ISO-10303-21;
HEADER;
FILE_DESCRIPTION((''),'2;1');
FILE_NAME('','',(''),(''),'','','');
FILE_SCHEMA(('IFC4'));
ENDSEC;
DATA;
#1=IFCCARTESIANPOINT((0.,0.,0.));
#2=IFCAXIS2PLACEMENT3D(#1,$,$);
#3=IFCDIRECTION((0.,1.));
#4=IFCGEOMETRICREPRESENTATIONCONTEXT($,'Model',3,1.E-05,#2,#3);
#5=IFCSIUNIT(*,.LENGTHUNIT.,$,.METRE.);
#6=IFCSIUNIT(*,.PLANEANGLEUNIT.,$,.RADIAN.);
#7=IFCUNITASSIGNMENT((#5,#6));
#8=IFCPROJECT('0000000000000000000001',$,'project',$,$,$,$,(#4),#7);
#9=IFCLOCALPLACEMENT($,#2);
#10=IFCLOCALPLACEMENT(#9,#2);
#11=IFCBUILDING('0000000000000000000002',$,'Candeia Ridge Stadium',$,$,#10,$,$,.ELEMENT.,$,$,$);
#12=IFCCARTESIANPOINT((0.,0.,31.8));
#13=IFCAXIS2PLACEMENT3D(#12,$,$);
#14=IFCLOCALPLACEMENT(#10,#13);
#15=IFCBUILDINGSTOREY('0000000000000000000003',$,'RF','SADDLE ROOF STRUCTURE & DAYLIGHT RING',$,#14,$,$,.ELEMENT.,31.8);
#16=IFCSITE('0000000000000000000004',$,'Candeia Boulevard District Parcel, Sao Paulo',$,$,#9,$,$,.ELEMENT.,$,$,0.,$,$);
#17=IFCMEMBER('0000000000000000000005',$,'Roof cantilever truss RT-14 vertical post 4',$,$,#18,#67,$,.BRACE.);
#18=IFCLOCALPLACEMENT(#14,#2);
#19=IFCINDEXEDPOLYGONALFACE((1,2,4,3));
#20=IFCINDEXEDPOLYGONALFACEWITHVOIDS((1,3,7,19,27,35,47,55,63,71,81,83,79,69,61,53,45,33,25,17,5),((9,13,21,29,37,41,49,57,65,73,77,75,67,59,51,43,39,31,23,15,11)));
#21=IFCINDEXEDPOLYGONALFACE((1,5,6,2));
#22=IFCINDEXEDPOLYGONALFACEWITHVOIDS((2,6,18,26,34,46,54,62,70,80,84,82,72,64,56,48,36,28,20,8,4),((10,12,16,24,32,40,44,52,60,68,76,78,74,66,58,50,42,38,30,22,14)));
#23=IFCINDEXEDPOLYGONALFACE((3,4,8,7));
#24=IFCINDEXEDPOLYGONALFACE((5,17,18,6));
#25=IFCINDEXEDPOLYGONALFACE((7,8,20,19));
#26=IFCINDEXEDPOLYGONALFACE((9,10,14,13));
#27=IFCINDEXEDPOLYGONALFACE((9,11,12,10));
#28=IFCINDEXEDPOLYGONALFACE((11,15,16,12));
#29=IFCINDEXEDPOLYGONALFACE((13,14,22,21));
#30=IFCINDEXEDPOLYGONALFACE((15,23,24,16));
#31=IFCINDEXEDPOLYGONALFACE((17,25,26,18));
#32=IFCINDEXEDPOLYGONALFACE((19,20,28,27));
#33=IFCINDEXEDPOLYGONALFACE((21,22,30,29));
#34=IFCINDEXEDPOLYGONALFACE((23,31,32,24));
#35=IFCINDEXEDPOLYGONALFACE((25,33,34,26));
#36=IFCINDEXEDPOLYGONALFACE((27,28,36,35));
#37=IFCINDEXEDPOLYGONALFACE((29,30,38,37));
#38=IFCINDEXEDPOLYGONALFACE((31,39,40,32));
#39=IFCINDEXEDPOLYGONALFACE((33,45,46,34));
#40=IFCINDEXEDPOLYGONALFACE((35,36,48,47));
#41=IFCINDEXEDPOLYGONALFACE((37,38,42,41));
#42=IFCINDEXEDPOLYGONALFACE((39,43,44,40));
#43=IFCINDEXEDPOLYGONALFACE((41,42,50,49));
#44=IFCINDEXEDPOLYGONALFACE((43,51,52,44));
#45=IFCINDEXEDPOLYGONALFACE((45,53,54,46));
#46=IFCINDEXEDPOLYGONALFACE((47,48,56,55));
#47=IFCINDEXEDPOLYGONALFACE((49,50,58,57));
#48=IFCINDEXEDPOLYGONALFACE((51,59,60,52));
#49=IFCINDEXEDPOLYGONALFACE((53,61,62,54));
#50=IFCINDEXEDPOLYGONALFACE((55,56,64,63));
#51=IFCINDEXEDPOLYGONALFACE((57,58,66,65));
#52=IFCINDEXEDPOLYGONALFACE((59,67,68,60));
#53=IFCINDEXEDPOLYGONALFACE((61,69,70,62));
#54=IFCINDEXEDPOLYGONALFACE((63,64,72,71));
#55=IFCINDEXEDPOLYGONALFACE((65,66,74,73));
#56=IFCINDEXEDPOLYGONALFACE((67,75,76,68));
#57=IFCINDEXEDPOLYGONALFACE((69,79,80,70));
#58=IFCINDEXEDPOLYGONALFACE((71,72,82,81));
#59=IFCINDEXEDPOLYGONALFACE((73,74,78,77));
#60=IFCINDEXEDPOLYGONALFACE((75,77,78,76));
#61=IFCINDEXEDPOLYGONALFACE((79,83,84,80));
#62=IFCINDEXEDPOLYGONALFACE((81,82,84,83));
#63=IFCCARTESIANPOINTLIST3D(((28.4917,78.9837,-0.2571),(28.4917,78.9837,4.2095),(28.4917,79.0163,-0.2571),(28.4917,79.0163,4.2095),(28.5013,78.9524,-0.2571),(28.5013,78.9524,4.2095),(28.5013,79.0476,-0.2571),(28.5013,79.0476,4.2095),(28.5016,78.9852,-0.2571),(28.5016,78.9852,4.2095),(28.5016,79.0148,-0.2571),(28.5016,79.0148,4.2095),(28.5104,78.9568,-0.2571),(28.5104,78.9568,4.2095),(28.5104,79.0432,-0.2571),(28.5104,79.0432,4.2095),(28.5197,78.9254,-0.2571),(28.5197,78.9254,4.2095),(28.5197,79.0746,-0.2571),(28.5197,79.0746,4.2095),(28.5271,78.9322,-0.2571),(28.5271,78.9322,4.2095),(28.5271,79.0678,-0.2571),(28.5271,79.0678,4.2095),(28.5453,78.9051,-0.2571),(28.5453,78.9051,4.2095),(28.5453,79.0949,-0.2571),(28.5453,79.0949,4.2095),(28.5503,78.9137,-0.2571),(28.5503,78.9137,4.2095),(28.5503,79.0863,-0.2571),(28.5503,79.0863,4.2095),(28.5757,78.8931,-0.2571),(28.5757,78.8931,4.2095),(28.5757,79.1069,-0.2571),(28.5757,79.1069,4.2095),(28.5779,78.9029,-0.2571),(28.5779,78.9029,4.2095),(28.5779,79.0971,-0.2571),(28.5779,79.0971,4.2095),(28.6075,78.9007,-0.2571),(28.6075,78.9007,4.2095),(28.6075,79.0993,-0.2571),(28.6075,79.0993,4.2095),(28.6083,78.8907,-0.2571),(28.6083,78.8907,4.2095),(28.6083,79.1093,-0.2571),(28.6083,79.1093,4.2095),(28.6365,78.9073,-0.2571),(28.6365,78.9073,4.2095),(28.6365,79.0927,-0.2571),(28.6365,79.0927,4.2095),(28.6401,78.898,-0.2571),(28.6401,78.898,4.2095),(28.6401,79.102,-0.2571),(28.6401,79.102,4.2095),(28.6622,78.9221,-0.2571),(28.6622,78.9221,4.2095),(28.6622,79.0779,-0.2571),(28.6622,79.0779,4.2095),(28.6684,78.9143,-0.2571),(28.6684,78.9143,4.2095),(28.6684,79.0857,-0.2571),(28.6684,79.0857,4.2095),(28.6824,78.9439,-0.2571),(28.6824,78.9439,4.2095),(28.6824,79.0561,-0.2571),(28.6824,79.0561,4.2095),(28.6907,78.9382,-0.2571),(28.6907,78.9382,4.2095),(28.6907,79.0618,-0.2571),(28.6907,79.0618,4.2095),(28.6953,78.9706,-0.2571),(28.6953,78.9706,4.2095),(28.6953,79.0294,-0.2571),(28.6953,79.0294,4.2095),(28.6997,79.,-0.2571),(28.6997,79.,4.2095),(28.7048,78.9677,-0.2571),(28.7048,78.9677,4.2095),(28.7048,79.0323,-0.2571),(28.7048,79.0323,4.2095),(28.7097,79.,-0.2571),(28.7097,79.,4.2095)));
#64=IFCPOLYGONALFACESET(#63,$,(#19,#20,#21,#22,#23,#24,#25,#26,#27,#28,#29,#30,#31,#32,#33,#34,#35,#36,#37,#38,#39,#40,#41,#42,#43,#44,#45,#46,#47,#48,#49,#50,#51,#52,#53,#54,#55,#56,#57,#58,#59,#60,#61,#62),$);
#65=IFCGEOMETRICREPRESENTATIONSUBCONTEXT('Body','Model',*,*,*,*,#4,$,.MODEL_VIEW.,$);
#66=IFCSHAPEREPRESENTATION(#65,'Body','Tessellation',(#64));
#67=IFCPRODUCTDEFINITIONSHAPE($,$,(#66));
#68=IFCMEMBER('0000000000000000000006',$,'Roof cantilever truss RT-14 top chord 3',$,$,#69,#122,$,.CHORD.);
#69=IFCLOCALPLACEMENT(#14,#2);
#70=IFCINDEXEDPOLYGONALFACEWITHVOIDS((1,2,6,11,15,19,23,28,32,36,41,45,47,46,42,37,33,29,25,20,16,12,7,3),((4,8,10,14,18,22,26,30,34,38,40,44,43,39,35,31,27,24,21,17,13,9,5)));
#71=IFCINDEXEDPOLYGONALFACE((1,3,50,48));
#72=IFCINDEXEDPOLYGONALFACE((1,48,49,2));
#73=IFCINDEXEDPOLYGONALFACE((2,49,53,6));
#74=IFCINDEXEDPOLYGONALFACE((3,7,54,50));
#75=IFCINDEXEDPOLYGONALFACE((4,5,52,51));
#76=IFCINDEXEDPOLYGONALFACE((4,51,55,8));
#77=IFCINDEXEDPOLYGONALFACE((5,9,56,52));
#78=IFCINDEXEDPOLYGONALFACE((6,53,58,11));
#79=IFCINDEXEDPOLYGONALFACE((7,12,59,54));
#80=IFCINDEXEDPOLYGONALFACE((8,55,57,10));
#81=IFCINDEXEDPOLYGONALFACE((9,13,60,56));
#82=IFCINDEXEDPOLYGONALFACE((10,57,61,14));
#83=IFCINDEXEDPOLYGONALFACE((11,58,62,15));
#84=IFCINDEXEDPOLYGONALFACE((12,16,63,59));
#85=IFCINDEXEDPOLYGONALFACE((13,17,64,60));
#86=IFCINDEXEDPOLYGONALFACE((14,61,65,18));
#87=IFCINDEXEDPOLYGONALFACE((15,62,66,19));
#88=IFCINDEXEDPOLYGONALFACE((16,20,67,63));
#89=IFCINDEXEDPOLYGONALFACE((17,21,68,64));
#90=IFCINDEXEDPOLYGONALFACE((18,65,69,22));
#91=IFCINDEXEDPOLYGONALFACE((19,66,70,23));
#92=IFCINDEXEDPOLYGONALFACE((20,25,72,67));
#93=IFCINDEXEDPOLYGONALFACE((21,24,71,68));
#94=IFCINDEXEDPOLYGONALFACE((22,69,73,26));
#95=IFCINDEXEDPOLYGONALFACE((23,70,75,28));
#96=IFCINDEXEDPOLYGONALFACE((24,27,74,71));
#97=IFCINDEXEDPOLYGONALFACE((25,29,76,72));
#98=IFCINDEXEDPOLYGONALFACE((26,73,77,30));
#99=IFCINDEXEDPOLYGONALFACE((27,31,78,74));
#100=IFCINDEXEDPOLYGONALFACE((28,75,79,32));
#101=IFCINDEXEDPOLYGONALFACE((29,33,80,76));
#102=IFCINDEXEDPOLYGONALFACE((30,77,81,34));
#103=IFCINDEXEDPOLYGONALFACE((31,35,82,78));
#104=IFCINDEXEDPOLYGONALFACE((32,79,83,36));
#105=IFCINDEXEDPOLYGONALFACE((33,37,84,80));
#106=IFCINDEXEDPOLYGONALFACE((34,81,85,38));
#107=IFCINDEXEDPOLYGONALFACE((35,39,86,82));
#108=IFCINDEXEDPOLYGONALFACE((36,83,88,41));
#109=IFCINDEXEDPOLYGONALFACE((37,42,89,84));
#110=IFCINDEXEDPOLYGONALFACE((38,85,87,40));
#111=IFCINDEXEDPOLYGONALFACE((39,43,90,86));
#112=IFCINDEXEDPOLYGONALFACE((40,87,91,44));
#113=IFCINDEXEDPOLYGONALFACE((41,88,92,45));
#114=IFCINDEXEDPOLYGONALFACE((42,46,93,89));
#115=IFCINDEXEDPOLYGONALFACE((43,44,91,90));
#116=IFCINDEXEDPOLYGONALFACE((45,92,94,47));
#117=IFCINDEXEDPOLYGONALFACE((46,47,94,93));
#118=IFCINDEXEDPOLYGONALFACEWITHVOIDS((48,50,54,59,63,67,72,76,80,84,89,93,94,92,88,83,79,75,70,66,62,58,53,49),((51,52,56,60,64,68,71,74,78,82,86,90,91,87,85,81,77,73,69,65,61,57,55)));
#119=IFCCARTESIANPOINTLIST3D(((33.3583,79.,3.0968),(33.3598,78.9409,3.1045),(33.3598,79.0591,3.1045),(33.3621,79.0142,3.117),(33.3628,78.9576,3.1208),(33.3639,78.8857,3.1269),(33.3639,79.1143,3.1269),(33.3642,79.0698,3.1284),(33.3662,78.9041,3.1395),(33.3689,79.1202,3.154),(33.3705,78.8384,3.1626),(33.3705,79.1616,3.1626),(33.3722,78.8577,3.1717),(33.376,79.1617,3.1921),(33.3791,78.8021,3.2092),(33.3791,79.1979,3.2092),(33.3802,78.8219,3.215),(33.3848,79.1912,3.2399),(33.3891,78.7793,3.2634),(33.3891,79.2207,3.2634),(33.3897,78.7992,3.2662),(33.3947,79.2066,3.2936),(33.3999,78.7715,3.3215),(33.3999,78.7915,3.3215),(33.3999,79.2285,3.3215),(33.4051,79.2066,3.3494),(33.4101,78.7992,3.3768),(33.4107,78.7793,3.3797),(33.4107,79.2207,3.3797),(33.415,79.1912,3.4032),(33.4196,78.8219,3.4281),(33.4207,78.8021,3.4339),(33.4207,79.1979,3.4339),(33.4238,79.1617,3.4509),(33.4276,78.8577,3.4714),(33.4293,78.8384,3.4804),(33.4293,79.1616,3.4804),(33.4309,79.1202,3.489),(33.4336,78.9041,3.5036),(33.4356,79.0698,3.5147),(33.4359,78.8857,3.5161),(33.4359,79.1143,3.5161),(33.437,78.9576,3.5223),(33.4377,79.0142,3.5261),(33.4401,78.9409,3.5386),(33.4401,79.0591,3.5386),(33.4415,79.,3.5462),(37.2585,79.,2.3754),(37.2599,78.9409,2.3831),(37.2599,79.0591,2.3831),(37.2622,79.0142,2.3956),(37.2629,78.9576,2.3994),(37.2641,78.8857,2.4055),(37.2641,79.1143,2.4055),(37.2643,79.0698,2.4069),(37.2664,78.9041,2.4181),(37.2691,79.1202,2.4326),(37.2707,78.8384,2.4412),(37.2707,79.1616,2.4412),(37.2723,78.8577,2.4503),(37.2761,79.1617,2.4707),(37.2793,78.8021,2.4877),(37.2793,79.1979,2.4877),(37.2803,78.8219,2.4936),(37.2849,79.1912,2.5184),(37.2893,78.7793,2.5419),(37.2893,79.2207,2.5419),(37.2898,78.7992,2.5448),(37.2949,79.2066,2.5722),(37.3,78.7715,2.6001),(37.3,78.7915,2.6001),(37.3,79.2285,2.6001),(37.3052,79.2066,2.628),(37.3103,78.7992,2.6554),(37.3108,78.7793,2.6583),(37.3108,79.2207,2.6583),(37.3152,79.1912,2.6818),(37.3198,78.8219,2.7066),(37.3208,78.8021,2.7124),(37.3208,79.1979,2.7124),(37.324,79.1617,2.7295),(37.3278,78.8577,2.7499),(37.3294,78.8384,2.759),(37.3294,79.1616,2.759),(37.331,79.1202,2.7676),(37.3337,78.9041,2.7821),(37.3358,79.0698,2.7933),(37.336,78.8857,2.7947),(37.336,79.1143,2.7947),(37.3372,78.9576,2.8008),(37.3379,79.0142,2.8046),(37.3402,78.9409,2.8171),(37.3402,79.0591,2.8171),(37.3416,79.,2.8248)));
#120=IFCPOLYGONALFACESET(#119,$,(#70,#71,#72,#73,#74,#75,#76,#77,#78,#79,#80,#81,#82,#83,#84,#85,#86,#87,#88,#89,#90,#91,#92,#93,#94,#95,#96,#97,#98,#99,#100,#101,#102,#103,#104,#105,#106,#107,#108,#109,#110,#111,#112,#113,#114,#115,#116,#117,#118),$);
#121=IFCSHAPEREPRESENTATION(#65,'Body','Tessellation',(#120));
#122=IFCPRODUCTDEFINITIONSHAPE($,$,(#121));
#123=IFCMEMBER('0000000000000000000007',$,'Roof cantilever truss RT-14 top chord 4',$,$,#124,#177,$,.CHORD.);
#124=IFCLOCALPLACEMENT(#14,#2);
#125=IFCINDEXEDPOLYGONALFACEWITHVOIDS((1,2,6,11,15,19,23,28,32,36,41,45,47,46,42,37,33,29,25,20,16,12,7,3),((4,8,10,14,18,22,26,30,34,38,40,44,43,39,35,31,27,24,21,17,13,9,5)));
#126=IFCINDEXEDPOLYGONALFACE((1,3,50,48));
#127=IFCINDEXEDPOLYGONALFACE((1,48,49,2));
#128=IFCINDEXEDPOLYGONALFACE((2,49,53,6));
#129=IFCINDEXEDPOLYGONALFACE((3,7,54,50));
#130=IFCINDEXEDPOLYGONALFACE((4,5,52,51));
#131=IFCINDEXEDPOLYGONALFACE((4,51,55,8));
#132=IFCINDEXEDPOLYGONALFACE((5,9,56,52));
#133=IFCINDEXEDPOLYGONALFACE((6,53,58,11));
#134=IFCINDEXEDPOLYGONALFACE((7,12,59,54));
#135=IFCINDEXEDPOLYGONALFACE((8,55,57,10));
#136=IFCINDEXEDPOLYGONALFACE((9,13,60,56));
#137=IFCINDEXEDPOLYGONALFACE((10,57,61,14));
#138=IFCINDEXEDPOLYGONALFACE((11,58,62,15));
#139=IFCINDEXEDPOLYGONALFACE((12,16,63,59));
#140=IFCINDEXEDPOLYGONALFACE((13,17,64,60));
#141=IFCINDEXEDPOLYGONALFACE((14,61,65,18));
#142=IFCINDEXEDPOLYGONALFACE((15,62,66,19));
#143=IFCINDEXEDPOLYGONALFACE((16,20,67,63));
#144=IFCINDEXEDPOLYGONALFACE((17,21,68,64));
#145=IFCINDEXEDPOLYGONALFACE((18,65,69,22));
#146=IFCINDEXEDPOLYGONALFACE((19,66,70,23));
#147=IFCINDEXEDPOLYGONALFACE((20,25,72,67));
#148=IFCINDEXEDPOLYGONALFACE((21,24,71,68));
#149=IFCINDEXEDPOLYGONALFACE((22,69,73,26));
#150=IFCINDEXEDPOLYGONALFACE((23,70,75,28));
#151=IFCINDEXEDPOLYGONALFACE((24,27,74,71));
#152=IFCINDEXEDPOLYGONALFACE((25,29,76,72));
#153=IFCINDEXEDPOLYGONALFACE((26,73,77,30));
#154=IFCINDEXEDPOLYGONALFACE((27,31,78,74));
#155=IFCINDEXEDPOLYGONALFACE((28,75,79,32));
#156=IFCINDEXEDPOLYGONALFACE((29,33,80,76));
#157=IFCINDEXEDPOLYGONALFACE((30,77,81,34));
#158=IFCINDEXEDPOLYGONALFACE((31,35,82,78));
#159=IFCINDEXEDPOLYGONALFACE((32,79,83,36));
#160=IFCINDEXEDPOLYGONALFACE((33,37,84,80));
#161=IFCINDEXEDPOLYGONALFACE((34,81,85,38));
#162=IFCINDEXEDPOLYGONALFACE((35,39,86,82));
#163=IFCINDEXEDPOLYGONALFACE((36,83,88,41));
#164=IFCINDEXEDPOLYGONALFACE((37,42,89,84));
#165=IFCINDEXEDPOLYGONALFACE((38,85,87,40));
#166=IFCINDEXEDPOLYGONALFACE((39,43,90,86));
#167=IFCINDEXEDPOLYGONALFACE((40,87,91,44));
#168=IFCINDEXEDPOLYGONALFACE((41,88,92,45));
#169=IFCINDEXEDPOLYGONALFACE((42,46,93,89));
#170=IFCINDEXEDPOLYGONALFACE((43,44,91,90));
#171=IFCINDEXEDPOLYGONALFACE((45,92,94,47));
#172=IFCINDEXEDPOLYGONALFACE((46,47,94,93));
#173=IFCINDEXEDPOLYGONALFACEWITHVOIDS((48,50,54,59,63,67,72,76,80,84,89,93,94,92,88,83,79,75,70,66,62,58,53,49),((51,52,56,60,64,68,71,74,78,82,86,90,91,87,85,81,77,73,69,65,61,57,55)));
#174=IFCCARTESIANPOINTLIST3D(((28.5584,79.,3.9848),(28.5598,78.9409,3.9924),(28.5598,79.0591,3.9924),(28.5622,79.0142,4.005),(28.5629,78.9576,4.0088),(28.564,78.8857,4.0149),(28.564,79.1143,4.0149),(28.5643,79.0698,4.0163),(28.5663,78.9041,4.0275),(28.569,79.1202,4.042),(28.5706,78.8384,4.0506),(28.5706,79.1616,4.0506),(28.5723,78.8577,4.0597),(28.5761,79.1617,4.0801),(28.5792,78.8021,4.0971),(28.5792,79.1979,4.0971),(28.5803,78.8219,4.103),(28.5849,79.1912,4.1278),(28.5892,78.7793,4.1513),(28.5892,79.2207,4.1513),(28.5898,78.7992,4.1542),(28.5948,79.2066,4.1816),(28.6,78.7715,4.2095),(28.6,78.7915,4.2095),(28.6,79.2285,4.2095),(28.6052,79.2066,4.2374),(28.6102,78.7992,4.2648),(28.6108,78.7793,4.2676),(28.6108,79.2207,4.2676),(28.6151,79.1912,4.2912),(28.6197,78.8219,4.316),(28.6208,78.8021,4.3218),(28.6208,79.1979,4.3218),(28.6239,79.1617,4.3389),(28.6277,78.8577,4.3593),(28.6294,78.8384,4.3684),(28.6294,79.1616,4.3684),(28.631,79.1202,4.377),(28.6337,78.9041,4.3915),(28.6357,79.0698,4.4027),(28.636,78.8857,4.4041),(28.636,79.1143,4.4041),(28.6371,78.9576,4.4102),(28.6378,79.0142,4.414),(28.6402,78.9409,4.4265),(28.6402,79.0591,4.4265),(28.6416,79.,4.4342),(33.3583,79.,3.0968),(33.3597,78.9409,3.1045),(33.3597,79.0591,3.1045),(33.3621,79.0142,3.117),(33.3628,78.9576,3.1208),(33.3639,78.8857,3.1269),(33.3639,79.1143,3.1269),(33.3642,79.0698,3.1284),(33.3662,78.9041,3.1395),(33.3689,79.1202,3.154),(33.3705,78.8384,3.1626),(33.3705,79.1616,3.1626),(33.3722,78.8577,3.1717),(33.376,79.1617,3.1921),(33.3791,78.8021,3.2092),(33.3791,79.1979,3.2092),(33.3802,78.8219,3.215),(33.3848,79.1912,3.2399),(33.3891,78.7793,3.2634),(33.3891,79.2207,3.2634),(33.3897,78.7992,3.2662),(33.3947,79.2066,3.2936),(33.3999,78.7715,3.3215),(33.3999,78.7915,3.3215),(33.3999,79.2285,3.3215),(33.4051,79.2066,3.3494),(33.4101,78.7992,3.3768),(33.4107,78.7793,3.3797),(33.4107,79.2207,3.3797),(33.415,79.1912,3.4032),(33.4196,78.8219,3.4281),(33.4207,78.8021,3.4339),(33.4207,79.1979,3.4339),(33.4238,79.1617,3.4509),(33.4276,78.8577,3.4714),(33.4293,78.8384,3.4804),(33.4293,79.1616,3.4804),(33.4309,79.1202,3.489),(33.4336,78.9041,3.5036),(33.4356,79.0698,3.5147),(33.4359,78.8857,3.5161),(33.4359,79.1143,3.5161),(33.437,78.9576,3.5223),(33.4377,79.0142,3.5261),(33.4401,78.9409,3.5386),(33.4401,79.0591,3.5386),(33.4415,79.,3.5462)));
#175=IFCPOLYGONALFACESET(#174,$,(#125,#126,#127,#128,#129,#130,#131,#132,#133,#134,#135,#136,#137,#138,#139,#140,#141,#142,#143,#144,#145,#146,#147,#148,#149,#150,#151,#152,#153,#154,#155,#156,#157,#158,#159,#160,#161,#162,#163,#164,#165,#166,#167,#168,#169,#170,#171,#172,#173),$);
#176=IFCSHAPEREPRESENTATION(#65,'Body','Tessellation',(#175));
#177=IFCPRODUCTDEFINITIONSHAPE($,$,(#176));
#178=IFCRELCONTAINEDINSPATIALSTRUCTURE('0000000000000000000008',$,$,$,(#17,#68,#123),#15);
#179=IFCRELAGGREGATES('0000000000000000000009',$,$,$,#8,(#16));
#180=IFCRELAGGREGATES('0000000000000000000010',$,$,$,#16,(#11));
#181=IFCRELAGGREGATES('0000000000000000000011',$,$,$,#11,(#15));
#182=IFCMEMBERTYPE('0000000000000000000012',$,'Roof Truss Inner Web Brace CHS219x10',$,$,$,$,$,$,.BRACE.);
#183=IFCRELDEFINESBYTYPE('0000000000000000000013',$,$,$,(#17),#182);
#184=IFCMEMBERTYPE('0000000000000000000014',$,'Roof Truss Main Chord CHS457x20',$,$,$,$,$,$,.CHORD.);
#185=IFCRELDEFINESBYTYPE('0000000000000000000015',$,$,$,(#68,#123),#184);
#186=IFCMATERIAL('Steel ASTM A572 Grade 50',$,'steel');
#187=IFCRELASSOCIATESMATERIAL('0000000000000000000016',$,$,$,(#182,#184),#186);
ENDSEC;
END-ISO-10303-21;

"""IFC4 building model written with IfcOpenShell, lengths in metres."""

from ifc_helpers import new_model, si_unit, direction, frame, origin, origin_2d, place, context, subcontext, project, spatial, hollow_circle, extrude, material, material_profile, profile_set, type_object, element, save


model = new_model("IFC4")

# Units and contexts
model_context = context("Model", 3, precision=1e-05, world=origin(), true_north=direction((0.0, 1.0)))
body_context = subcontext(model_context, "Body", "Model", "MODEL_VIEW")
ifc_project = project(units=[si_unit("LENGTHUNIT", "METRE"), si_unit("PLANEANGLEUNIT", "RADIAN")], contexts=[model_context])

# Site, building, storey
site_placement = place(None, origin())
site = spatial("IfcSite", under=ifc_project, at=site_placement, Name="Candeia Boulevard District Parcel, Sao Paulo", CompositionType="ELEMENT", RefElevation=0.0)
building_placement = place(site_placement, origin())
building = spatial("IfcBuilding", under=site, at=building_placement, Name="Candeia Ridge Stadium", CompositionType="ELEMENT")
storey_placement = place(building_placement, frame((0.0, 0.0, 31.8)))
storey = spatial("IfcBuildingStorey", under=building, at=storey_placement, Name="RF", Description="SADDLE ROOF STRUCTURE & DAYLIGHT RING", CompositionType="ELEMENT", Elevation=31.8)

# Shared definitions
ifc_material_1 = material(Name="Steel ASTM A572 Grade 50", Category="steel")

# Members
ifc_material_profile_1 = material_profile(ifc_material_1, hollow_circle(Radius=0.1096, WallThickness=0.01, at=origin_2d()), Name="CHS219x10", Category="steel")
ifc_profile_set_1 = profile_set([ifc_material_profile_1], Name="Steel ASTM A572 Grade 50")
member_type_1 = type_object("IfcMemberType", Name="Roof Truss Inner Web Brace CHS219x10", PredefinedType="BRACE", material=ifc_profile_set_1)
member_1_placement = place(storey_placement, frame((28.6001, 79.0, -0.2571), z_axis=(0.0, 0.0, 1.0), x_axis=(1.0, 0.0, 0.0)))
element("IfcMember", 1, at=member_1_placement, inside=storey, type_object=member_type_1, Name="Roof cantilever truss RT-14 vertical post 4", PredefinedType="BRACE", context=body_context, shape_type="SweptSolid", body=[
    extrude(hollow_circle(Radius=0.1096, WallThickness=0.01, at=origin_2d()), origin(), (0.0, 0.0, 1.0), 4.4666),
])
ifc_material_profile_2 = material_profile(ifc_material_1, hollow_circle(Radius=0.2285, WallThickness=0.02, at=origin_2d()), Name="CHS457x20", Category="steel")
ifc_profile_set_2 = profile_set([ifc_material_profile_2], Name="Steel ASTM A572 Grade 50")
member_type_2 = type_object("IfcMemberType", Name="Roof Truss Main Chord CHS457x20", PredefinedType="CHORD", material=ifc_profile_set_2)
member_2_placement = place(storey_placement, frame((37.3, 79.0, 2.6001), z_axis=(-0.983319, 0.0, 0.181891), x_axis=(0.0, -1.0, 0.0)))
element("IfcMember", 2, at=member_2_placement, inside=storey, type_object=member_type_2, Name="Roof cantilever truss RT-14 top chord 3", PredefinedType="CHORD", context=body_context, shape_type="SweptSolid", body=[
    extrude(hollow_circle(Radius=0.2285, WallThickness=0.02, at=origin_2d()), origin(), (0.0, 0.0, 1.0), 3.9663),
])
member_3_placement = place(storey_placement, frame((33.3999, 79.0, 3.3215), z_axis=(-0.983315, 0.0, 0.181908), x_axis=(0.0, -1.0, 0.0)))
element("IfcMember", 3, at=member_3_placement, inside=storey, type_object=member_type_2, Name="Roof cantilever truss RT-14 top chord 4", PredefinedType="CHORD", context=body_context, shape_type="SweptSolid", body=[
    extrude(hollow_circle(Radius=0.2285, WallThickness=0.02, at=origin_2d()), origin(), (0.0, 0.0, 1.0), 4.8813),
])

save(model, "model.ifc")
